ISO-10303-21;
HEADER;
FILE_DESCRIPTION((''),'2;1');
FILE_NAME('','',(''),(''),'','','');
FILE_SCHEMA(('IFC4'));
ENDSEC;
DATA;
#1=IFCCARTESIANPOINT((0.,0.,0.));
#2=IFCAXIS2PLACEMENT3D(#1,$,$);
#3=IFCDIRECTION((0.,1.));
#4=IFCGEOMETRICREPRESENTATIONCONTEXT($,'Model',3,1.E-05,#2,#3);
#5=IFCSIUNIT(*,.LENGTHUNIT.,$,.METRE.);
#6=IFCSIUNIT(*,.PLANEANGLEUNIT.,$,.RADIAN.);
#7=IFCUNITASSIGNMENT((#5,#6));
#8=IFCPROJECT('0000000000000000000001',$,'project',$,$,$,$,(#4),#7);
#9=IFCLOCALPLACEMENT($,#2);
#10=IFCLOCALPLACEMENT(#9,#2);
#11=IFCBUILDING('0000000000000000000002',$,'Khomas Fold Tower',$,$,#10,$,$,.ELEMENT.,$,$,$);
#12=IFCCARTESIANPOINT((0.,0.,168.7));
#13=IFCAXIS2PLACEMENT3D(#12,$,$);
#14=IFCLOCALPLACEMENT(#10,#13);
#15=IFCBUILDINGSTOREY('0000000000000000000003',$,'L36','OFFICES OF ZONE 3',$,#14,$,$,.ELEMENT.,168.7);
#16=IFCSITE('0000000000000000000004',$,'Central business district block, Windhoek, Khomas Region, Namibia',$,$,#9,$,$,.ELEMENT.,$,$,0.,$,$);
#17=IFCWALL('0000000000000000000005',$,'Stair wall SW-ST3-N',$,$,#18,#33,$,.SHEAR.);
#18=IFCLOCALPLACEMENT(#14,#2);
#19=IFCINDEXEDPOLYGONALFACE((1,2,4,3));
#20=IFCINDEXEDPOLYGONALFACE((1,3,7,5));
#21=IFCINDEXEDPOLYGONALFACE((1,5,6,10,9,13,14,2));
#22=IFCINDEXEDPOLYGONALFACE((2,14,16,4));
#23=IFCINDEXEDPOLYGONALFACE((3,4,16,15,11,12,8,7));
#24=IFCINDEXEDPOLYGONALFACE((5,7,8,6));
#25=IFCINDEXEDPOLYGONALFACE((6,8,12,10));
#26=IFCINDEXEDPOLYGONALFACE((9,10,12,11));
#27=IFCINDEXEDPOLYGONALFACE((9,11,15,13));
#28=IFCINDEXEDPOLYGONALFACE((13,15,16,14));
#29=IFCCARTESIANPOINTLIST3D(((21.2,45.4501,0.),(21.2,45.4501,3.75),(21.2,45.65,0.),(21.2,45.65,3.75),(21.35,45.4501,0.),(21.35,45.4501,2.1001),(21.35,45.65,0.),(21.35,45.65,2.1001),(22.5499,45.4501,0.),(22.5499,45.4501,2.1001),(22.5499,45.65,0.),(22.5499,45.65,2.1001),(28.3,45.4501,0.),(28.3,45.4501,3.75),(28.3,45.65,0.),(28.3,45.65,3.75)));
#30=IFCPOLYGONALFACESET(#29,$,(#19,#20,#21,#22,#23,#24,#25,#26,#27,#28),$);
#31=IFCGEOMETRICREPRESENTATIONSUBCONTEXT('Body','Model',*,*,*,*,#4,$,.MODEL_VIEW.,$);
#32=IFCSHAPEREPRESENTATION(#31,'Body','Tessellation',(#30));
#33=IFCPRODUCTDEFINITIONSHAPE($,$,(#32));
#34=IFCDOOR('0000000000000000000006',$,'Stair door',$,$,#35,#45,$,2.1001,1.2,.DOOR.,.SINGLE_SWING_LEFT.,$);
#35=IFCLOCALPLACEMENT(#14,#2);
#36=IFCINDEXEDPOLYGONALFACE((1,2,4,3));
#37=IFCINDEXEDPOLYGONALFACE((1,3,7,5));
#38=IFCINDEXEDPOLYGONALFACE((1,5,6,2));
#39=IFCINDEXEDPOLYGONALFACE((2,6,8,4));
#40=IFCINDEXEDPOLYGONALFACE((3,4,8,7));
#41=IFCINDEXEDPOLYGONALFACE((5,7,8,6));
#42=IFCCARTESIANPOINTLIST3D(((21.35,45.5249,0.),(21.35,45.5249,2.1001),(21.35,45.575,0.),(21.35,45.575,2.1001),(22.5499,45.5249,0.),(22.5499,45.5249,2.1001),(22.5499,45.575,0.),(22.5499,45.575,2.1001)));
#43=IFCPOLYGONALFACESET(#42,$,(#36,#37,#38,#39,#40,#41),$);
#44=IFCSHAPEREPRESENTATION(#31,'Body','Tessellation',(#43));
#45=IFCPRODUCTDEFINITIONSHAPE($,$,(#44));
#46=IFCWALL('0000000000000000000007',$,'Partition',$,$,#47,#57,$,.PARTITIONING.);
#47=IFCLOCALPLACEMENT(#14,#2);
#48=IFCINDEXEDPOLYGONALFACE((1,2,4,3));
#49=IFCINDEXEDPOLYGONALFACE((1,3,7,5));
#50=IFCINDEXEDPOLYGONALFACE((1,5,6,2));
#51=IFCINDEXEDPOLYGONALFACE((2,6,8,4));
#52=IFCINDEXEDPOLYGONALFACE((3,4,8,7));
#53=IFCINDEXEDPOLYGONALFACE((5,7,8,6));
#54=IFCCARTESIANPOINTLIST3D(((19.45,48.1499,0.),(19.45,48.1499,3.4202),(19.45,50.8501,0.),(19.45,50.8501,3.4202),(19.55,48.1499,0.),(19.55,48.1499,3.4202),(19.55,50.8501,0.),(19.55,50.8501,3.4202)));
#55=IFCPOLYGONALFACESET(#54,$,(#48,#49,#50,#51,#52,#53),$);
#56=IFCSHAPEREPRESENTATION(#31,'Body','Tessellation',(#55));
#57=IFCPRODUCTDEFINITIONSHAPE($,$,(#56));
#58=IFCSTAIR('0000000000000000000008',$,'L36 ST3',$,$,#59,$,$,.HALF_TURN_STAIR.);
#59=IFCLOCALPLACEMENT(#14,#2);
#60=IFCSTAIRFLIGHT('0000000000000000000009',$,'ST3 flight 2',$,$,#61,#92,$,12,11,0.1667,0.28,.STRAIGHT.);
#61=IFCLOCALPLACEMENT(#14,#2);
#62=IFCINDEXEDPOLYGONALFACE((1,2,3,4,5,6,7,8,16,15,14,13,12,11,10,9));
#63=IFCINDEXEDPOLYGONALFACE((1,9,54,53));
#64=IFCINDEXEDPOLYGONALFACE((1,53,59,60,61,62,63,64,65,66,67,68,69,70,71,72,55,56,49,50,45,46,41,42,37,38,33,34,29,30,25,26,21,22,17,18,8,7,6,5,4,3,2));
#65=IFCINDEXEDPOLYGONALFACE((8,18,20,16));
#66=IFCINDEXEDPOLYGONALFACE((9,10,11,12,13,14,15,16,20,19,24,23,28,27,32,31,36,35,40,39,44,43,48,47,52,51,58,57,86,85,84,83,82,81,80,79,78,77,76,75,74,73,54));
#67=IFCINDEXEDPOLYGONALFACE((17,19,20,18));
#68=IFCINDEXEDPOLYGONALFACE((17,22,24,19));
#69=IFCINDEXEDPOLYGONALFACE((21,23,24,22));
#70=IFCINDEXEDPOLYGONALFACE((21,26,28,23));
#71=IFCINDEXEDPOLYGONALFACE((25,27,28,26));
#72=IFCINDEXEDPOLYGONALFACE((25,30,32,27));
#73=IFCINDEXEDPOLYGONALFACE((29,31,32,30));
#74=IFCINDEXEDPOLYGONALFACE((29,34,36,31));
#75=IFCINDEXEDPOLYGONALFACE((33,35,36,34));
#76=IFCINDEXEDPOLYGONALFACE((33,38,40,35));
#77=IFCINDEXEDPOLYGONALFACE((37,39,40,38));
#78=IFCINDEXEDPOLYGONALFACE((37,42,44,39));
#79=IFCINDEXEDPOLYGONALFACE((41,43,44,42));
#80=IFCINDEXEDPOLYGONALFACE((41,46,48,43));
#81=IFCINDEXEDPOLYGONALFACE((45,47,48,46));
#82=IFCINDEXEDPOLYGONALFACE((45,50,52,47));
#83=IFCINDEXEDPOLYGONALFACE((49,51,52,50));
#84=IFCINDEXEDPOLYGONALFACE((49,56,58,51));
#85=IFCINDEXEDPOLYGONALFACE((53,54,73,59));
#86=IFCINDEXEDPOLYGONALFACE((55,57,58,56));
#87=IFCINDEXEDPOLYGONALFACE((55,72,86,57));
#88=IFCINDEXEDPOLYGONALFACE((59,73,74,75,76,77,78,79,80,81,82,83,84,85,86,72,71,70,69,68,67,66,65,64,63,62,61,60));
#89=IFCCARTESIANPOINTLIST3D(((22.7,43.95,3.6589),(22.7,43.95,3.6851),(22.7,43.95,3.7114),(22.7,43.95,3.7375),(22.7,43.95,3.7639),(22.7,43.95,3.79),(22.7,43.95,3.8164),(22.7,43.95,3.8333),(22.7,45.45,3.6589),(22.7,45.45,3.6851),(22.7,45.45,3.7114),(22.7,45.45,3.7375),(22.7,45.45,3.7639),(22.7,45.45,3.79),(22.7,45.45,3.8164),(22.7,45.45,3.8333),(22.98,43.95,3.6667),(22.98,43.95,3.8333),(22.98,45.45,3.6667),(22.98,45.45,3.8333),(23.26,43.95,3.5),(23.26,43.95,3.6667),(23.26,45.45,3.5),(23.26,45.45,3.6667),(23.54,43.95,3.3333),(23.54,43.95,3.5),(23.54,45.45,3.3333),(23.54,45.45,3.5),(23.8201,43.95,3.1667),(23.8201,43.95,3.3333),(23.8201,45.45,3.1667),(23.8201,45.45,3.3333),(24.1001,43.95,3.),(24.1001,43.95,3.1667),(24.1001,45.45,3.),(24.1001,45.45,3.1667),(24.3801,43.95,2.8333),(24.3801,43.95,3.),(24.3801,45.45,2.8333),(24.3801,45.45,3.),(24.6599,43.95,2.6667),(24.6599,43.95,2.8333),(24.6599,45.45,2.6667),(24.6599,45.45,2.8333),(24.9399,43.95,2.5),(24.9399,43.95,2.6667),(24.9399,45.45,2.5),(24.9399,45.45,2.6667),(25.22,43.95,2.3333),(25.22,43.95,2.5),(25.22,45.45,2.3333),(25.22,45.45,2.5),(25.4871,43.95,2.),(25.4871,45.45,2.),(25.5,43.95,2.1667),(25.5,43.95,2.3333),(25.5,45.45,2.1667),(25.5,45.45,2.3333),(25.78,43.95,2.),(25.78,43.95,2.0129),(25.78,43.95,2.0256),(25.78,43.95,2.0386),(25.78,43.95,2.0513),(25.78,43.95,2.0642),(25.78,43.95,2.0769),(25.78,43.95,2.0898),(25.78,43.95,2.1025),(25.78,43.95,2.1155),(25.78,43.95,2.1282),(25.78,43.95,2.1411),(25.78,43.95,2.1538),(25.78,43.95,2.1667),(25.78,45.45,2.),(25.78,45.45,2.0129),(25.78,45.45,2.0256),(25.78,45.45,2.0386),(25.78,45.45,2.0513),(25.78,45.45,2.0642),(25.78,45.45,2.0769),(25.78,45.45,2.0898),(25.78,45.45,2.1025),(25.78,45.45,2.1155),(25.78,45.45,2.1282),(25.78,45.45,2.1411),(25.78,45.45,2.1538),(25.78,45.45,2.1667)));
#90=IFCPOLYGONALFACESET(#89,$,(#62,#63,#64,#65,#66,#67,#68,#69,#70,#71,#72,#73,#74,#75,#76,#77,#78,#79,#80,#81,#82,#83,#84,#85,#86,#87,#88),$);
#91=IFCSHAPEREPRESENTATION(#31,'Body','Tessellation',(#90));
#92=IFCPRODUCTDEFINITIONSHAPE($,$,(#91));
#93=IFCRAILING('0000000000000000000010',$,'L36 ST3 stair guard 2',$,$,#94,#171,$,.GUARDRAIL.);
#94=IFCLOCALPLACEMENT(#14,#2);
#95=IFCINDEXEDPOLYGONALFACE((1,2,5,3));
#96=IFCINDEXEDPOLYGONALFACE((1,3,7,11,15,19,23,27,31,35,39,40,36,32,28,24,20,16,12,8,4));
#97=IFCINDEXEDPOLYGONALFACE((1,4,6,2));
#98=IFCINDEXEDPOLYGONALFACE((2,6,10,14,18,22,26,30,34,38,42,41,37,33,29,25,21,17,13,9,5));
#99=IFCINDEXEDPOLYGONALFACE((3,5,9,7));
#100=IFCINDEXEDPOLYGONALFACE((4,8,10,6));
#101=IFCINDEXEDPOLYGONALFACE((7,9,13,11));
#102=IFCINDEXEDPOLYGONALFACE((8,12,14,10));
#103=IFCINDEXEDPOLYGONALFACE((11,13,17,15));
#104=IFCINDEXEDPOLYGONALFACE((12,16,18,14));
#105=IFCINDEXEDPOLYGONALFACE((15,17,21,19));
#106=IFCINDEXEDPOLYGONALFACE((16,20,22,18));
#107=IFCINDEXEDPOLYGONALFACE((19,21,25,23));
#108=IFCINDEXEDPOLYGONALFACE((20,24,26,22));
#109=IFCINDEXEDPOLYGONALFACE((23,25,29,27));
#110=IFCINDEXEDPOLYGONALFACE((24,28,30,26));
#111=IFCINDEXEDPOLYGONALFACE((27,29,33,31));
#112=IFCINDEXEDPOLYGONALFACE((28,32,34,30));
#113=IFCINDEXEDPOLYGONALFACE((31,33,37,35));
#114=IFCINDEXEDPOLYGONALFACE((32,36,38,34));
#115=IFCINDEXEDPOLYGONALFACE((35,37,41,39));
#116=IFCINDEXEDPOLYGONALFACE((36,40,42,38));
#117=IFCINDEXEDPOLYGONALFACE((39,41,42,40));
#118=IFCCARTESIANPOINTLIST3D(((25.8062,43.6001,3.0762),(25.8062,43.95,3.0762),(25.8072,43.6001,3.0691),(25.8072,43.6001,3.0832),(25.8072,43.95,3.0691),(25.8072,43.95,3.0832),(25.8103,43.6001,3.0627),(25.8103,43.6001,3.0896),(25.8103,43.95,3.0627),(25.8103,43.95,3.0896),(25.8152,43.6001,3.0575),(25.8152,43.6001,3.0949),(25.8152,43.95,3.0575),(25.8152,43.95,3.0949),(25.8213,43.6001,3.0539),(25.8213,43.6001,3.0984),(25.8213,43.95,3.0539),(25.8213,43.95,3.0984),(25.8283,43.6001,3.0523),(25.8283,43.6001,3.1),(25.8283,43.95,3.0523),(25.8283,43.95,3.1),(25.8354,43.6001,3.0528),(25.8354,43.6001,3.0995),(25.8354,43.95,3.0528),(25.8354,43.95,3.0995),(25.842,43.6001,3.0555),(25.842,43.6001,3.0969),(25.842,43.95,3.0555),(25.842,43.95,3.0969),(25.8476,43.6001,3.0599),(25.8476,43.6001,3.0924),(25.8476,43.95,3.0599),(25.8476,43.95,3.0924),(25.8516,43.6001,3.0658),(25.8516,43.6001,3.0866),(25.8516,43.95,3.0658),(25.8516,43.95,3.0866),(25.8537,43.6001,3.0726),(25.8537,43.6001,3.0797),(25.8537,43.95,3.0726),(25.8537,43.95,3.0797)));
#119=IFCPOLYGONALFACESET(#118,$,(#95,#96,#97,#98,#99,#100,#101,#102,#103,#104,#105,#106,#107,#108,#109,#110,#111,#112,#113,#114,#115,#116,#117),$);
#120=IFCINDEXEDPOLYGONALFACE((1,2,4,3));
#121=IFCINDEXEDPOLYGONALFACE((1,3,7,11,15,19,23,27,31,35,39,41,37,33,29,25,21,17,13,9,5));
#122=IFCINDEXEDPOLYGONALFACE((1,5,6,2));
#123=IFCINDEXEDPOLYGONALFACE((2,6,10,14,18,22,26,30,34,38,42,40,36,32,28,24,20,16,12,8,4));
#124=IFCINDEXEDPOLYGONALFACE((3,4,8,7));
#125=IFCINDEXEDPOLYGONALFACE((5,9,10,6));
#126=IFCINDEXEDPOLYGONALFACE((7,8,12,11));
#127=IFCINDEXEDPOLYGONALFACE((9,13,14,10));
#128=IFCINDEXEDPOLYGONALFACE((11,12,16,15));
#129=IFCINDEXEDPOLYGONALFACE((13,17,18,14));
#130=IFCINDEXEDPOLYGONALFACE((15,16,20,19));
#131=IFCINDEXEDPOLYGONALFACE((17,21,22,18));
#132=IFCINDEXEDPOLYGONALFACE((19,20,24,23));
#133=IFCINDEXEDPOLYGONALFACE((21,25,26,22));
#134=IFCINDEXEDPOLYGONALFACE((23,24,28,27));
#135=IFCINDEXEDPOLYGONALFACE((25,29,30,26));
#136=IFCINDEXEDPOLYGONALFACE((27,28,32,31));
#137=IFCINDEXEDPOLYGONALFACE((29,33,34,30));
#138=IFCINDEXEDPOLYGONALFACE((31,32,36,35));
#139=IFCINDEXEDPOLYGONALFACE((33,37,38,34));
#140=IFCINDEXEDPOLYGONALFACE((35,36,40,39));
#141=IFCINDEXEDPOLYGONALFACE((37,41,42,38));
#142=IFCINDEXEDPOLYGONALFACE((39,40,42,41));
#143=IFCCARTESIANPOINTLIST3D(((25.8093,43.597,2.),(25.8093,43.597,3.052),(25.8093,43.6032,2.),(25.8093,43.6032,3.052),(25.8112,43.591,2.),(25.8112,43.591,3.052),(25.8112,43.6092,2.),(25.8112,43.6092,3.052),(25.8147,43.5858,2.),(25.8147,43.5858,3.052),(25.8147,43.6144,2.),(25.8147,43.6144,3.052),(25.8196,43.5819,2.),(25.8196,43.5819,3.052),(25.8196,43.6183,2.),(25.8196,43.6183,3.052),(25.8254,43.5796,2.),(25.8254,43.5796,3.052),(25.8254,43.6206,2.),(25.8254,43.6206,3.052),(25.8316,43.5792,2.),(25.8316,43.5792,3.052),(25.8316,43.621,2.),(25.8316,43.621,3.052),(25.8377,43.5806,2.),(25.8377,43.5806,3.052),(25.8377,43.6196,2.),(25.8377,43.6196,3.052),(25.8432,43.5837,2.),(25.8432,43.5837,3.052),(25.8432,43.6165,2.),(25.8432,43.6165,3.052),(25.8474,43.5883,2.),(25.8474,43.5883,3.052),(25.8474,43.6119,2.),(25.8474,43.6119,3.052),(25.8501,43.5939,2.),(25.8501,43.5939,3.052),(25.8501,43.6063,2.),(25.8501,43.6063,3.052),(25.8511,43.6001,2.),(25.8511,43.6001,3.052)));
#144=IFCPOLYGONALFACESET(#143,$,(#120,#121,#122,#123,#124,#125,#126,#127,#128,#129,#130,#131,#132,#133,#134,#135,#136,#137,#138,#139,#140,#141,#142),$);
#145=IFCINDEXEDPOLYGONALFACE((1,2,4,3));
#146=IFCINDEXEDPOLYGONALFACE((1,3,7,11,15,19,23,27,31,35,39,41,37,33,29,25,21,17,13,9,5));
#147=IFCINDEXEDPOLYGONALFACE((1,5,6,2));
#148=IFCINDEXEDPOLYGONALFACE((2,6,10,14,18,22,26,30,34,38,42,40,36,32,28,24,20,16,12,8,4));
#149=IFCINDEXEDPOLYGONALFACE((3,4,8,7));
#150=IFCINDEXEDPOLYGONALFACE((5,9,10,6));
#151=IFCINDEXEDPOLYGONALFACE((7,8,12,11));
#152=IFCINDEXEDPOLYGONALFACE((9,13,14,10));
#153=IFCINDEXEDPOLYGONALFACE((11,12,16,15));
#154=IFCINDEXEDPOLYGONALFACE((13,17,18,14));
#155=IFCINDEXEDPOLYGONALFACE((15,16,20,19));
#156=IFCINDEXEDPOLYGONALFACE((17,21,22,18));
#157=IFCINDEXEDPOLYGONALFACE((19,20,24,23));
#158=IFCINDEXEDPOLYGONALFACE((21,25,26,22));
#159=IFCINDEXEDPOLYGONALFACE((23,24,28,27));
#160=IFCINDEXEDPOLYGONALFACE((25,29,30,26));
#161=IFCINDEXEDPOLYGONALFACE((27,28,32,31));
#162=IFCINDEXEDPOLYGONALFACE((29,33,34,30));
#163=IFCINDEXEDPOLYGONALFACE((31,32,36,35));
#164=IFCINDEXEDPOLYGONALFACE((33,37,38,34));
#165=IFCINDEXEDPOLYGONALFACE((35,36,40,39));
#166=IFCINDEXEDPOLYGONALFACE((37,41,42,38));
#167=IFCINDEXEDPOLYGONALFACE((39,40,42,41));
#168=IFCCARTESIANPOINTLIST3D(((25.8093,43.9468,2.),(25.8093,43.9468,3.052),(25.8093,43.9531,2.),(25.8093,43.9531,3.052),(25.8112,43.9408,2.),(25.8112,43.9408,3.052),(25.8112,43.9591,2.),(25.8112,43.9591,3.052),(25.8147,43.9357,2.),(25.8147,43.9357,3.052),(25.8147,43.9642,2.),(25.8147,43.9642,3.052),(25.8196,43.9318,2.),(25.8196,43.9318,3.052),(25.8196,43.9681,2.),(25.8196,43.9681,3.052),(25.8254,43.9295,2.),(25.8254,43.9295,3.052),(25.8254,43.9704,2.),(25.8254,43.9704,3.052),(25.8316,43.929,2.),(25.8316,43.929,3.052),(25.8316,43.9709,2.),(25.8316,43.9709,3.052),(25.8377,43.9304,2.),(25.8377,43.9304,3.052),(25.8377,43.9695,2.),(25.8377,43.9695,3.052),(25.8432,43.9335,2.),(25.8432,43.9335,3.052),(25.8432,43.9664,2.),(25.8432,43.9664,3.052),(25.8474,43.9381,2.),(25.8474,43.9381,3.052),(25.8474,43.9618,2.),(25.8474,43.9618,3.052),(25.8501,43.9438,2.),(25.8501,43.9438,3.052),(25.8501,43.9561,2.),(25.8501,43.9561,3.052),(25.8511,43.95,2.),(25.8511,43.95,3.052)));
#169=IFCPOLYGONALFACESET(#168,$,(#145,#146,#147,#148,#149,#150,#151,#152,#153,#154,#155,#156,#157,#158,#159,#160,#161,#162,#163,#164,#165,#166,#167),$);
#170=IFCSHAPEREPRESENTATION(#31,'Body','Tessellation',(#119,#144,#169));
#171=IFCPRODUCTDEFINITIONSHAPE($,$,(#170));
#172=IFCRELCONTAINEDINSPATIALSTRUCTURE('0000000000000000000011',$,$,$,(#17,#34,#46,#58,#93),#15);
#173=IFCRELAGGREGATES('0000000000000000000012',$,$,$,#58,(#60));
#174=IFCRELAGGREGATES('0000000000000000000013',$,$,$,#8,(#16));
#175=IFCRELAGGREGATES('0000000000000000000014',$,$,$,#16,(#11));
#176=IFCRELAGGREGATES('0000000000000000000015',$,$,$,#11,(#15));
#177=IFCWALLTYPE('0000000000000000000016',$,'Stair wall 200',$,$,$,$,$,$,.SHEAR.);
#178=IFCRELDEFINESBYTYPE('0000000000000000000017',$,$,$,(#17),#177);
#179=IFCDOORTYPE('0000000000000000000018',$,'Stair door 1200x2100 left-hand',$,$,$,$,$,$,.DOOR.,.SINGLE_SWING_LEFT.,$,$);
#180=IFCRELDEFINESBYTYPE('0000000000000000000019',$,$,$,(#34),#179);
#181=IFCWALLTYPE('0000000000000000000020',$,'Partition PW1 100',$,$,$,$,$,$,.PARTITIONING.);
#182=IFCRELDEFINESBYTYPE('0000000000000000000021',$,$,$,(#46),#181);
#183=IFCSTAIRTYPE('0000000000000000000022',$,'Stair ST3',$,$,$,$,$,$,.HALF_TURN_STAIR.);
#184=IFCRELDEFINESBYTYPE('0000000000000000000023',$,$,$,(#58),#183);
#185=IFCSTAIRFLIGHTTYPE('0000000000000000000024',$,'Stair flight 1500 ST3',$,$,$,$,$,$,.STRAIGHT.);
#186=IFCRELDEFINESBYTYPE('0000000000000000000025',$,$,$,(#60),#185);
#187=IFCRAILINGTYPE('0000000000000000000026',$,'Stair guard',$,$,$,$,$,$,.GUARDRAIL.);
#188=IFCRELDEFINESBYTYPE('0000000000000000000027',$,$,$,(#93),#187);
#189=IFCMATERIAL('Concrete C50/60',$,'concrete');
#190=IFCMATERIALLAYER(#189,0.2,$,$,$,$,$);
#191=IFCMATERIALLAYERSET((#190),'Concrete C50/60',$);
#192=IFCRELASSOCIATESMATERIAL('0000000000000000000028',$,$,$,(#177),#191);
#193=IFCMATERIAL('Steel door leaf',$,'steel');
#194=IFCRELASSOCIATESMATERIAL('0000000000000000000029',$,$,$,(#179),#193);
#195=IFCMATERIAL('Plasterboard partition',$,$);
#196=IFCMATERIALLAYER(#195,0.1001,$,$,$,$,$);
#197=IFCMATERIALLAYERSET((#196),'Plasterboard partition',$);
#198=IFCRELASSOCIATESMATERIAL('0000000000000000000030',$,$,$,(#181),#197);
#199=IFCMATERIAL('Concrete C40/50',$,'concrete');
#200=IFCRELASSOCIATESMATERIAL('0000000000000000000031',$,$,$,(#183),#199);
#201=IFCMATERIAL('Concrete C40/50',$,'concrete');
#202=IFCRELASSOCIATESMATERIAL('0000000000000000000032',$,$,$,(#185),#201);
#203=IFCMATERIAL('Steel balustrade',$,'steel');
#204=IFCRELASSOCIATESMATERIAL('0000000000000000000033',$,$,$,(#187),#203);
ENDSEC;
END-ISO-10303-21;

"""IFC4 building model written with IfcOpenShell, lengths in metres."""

from ifc_helpers import new_model, si_unit, direction, frame, frame_2d, origin, origin_2d, place, context, subcontext, project, spatial, polyline, rectangle, circle, outline, extrude, source, transform, mapped, material, layer, layer_set, type_object, element, fill, aggregate, save


model = new_model("IFC4")

# Units and contexts
model_context = context("Model", 3, precision=1e-05, world=origin(), true_north=direction((0.0, 1.0)))
body_context = subcontext(model_context, "Body", "Model", "MODEL_VIEW")
ifc_project = project(units=[si_unit("LENGTHUNIT", "METRE"), si_unit("PLANEANGLEUNIT", "RADIAN")], contexts=[model_context])

# Site, building, storey
site_placement = place(None, origin())
site = spatial("IfcSite", under=ifc_project, at=site_placement, Name="Central business district block, Windhoek, Khomas Region, Namibia", CompositionType="ELEMENT", RefElevation=0.0)
building_placement = place(site_placement, origin())
building = spatial("IfcBuilding", under=site, at=building_placement, Name="Khomas Fold Tower", CompositionType="ELEMENT")
storey_placement = place(building_placement, frame((0.0, 0.0, 168.7)))
storey = spatial("IfcBuildingStorey", under=building, at=storey_placement, Name="L36", Description="OFFICES OF ZONE 3", CompositionType="ELEMENT", Elevation=168.7)

# Wall, opening, door
ifc_material_1 = material(Name="Concrete C50/60", Category="concrete")
ifc_layer_1 = layer(ifc_material_1, 0.2)
ifc_layer_set_1 = layer_set([ifc_layer_1], Name="Concrete C50/60")
wall_type_1 = type_object("IfcWallType", Name="Stair wall 200", PredefinedType="SHEAR", material=ifc_layer_set_1)
shared_shape_1 = source(origin(), body_context, "Body", "SweptSolid", [
    extrude(rectangle(XDim=7.1001, YDim=0.2, at=frame_2d((3.55, 0.0))), origin(), (0.0, 0.0, 1.0), 3.75),
])
wall_1_placement = place(storey_placement, frame((21.2, 45.55, 0.0), z_axis=(0.0, 0.0, 1.0), x_axis=(1.0, 0.0, 0.0)))
wall_1 = element("IfcWall", 1, at=wall_1_placement, inside=storey, type_object=wall_type_1, Name="Stair wall SW-ST3-N", PredefinedType="SHEAR", context=body_context, shape_type="MappedRepresentation", body=[
    mapped(shared_shape_1, transform((0.0, 0.0, 0.0))),
])
shared_shape_2 = source(origin(), body_context, "Body", "SweptSolid", [
    extrude(rectangle(XDim=1.2, YDim=2.1001, at=frame_2d((0.6001, 1.05))), frame((0.0, 0.1099, 0.0), z_axis=(0.0, -1.0, 0.0), x_axis=(1.0, 0.0, 0.0)), (0.0, 0.0, 1.0), 0.22),
])
opening_placement = place(wall_1_placement, frame((0.1499, 0.0, 0.0)))
opening = element("IfcOpeningElement", 2, at=opening_placement, cuts=wall_1, PredefinedType="OPENING", context=body_context, shape_type="MappedRepresentation", body=[
    mapped(shared_shape_2, transform((0.0, 0.0, 0.0))),
])
ifc_material_2 = material(Name="Steel door leaf", Category="steel")
door_type = type_object("IfcDoorType", Name="Stair door 1200x2100 left-hand", OperationType="SINGLE_SWING_LEFT", PredefinedType="DOOR", material=ifc_material_2)
shared_shape_3 = source(origin(), body_context, "Body", "SweptSolid", [
    extrude(rectangle(XDim=1.2, YDim=2.1001, at=frame_2d((0.6001, 1.05))), frame((0.0, 0.0249, 0.0), z_axis=(0.0, -1.0, 0.0), x_axis=(1.0, 0.0, 0.0)), (0.0, 0.0, 1.0), 0.05),
])
door_placement = place(opening_placement, origin())
door = element("IfcDoor", 3, at=door_placement, inside=storey, type_object=door_type, Name="Stair door", OperationType="SINGLE_SWING_LEFT", OverallHeight=2.1001, OverallWidth=1.2, PredefinedType="DOOR", context=body_context, shape_type="MappedRepresentation", body=[
    mapped(shared_shape_3, transform((0.0, 0.0, 0.0))),
])
fill(opening, door)

# Wall
ifc_material_3 = material(Name="Plasterboard partition")
ifc_layer_2 = layer(ifc_material_3, 0.1001)
ifc_layer_set_2 = layer_set([ifc_layer_2], Name="Plasterboard partition")
wall_type_2 = type_object("IfcWallType", Name="Partition PW1 100", PredefinedType="PARTITIONING", material=ifc_layer_set_2)
shared_shape_4 = source(origin(), body_context, "Body", "SweptSolid", [
    extrude(rectangle(XDim=2.7002, YDim=0.1001, at=frame_2d((1.3501, 0.0))), origin(), (0.0, 0.0, 1.0), 3.4202),
])
wall_2_placement = place(storey_placement, frame((19.5, 48.1499, 0.0), z_axis=(0.0, 0.0, 1.0), x_axis=(0.0, 1.0, 0.0)))
element("IfcWall", 4, at=wall_2_placement, inside=storey, type_object=wall_type_2, Name="Partition", PredefinedType="PARTITIONING", context=body_context, shape_type="MappedRepresentation", body=[
    mapped(shared_shape_4, transform((0.0, 0.0, 0.0))),
])

# Stair, stair flight
ifc_material_4 = material(Name="Concrete C40/50", Category="concrete")
stair_type = type_object("IfcStairType", Name="Stair ST3", PredefinedType="HALF_TURN_STAIR", material=ifc_material_4)
stair_placement = place(storey_placement, origin())
stair = element("IfcStair", 5, at=stair_placement, inside=storey, type_object=stair_type, Name="L36 ST3", PredefinedType="HALF_TURN_STAIR")
ifc_material_5 = material(Name="Concrete C40/50", Category="concrete")
stair_flight_type = type_object("IfcStairFlightType", Name="Stair flight 1500 ST3", PredefinedType="STRAIGHT", material=ifc_material_5)
shared_shape_5 = source(origin(), body_context, "Body", "SweptSolid", [
    extrude(outline(polyline([(0.0, 0.0), (0.0, 0.0129), (0.0, 0.0256), (0.0, 0.0386), (0.0, 0.0513), (0.0, 0.0642), (0.0, 0.0769), (0.0, 0.0898), (0.0, 0.1025), (0.0, 0.1155), (0.0, 0.1282), (0.0, 0.1411), (0.0, 0.1538), (0.0, 0.1667), (0.28, 0.1667), (0.28, 0.3333), (0.5601, 0.3333), (0.5601, 0.5), (0.8401, 0.5), (0.8401, 0.6667), (1.1201, 0.6667), (1.1201, 0.8333), (1.3999, 0.8333), (1.3999, 1.0), (1.6799, 1.0), (1.6799, 1.1667), (1.96, 1.1667), (1.96, 1.3333), (2.24, 1.3333), (2.24, 1.5), (2.52, 1.5), (2.52, 1.6667), (2.8, 1.6667), (2.8, 1.8333), (3.0801, 1.8333), (3.0801, 2.0), (3.0801, 1.9739), (3.0801, 1.9475), (3.0801, 1.9214), (3.0801, 1.895), (3.0801, 1.8689), (3.0801, 1.8425), (3.0801, 1.8164), (3.0801, 1.79), (3.0801, 1.7639), (3.0801, 1.7375), (3.0801, 1.7114), (3.0801, 1.6851), (3.0801, 1.6589), (0.293, 0.0), (0.0, 0.0)])), frame((0.0, 0.75, 0.0), z_axis=(0.0, -1.0, 0.0), x_axis=(1.0, 0.0, 0.0)), (0.0, 0.0, 1.0), 1.5),
])
stair_flight_placement = place(storey_placement, frame((25.78, 44.7, 2.0), z_axis=(0.0, 0.0, 1.0), x_axis=(-1.0, 0.0, 0.0)))
stair_flight = element("IfcStairFlight", 6, at=stair_flight_placement, type_object=stair_flight_type, Name="ST3 flight 2", NumberOfRisers=12, NumberOfTreads=11, PredefinedType="STRAIGHT", RiserHeight=0.1667, TreadLength=0.28, context=body_context, shape_type="MappedRepresentation", body=[
    mapped(shared_shape_5, transform((0.0, 0.0, 0.0))),
])
aggregate(stair, [stair_flight])

# Railing
ifc_material_6 = material(Name="Steel balustrade", Category="steel")
railing_type_1 = type_object("IfcRailingType", Name="Stair guard", PredefinedType="GUARDRAIL", material=ifc_material_6)
shared_shape_6 = source(origin(), body_context, "Body", "SweptSolid", [
    extrude(circle(Radius=0.0239, at=origin_2d()), frame((0.0, 0.0, 1.0762), z_axis=(0.0, 1.0, 0.0), x_axis=(-1.0, 0.0, 0.0)), (0.0, 0.0, 1.0), 0.3499),
    extrude(circle(Radius=0.021, at=origin_2d()), origin(), (0.0, 0.0, 1.0), 1.052),
    extrude(circle(Radius=0.021, at=origin_2d()), frame((0.0, 0.3499, 0.0)), (0.0, 0.0, 1.0), 1.052),
])
for number, where, name in (
    (7, (25.8301, 43.6001, 2.0), "L36 ST3 stair guard 2"),
):
    element("IfcRailing", number, at=place(storey_placement, frame(where)), inside=storey, type_object=railing_type_1, Name=name, PredefinedType="GUARDRAIL", context=body_context, shape_type="MappedRepresentation", body=[
        mapped(shared_shape_6, transform((0.0, 0.0, 0.0))),
    ])

save(model, "model.ifc")
